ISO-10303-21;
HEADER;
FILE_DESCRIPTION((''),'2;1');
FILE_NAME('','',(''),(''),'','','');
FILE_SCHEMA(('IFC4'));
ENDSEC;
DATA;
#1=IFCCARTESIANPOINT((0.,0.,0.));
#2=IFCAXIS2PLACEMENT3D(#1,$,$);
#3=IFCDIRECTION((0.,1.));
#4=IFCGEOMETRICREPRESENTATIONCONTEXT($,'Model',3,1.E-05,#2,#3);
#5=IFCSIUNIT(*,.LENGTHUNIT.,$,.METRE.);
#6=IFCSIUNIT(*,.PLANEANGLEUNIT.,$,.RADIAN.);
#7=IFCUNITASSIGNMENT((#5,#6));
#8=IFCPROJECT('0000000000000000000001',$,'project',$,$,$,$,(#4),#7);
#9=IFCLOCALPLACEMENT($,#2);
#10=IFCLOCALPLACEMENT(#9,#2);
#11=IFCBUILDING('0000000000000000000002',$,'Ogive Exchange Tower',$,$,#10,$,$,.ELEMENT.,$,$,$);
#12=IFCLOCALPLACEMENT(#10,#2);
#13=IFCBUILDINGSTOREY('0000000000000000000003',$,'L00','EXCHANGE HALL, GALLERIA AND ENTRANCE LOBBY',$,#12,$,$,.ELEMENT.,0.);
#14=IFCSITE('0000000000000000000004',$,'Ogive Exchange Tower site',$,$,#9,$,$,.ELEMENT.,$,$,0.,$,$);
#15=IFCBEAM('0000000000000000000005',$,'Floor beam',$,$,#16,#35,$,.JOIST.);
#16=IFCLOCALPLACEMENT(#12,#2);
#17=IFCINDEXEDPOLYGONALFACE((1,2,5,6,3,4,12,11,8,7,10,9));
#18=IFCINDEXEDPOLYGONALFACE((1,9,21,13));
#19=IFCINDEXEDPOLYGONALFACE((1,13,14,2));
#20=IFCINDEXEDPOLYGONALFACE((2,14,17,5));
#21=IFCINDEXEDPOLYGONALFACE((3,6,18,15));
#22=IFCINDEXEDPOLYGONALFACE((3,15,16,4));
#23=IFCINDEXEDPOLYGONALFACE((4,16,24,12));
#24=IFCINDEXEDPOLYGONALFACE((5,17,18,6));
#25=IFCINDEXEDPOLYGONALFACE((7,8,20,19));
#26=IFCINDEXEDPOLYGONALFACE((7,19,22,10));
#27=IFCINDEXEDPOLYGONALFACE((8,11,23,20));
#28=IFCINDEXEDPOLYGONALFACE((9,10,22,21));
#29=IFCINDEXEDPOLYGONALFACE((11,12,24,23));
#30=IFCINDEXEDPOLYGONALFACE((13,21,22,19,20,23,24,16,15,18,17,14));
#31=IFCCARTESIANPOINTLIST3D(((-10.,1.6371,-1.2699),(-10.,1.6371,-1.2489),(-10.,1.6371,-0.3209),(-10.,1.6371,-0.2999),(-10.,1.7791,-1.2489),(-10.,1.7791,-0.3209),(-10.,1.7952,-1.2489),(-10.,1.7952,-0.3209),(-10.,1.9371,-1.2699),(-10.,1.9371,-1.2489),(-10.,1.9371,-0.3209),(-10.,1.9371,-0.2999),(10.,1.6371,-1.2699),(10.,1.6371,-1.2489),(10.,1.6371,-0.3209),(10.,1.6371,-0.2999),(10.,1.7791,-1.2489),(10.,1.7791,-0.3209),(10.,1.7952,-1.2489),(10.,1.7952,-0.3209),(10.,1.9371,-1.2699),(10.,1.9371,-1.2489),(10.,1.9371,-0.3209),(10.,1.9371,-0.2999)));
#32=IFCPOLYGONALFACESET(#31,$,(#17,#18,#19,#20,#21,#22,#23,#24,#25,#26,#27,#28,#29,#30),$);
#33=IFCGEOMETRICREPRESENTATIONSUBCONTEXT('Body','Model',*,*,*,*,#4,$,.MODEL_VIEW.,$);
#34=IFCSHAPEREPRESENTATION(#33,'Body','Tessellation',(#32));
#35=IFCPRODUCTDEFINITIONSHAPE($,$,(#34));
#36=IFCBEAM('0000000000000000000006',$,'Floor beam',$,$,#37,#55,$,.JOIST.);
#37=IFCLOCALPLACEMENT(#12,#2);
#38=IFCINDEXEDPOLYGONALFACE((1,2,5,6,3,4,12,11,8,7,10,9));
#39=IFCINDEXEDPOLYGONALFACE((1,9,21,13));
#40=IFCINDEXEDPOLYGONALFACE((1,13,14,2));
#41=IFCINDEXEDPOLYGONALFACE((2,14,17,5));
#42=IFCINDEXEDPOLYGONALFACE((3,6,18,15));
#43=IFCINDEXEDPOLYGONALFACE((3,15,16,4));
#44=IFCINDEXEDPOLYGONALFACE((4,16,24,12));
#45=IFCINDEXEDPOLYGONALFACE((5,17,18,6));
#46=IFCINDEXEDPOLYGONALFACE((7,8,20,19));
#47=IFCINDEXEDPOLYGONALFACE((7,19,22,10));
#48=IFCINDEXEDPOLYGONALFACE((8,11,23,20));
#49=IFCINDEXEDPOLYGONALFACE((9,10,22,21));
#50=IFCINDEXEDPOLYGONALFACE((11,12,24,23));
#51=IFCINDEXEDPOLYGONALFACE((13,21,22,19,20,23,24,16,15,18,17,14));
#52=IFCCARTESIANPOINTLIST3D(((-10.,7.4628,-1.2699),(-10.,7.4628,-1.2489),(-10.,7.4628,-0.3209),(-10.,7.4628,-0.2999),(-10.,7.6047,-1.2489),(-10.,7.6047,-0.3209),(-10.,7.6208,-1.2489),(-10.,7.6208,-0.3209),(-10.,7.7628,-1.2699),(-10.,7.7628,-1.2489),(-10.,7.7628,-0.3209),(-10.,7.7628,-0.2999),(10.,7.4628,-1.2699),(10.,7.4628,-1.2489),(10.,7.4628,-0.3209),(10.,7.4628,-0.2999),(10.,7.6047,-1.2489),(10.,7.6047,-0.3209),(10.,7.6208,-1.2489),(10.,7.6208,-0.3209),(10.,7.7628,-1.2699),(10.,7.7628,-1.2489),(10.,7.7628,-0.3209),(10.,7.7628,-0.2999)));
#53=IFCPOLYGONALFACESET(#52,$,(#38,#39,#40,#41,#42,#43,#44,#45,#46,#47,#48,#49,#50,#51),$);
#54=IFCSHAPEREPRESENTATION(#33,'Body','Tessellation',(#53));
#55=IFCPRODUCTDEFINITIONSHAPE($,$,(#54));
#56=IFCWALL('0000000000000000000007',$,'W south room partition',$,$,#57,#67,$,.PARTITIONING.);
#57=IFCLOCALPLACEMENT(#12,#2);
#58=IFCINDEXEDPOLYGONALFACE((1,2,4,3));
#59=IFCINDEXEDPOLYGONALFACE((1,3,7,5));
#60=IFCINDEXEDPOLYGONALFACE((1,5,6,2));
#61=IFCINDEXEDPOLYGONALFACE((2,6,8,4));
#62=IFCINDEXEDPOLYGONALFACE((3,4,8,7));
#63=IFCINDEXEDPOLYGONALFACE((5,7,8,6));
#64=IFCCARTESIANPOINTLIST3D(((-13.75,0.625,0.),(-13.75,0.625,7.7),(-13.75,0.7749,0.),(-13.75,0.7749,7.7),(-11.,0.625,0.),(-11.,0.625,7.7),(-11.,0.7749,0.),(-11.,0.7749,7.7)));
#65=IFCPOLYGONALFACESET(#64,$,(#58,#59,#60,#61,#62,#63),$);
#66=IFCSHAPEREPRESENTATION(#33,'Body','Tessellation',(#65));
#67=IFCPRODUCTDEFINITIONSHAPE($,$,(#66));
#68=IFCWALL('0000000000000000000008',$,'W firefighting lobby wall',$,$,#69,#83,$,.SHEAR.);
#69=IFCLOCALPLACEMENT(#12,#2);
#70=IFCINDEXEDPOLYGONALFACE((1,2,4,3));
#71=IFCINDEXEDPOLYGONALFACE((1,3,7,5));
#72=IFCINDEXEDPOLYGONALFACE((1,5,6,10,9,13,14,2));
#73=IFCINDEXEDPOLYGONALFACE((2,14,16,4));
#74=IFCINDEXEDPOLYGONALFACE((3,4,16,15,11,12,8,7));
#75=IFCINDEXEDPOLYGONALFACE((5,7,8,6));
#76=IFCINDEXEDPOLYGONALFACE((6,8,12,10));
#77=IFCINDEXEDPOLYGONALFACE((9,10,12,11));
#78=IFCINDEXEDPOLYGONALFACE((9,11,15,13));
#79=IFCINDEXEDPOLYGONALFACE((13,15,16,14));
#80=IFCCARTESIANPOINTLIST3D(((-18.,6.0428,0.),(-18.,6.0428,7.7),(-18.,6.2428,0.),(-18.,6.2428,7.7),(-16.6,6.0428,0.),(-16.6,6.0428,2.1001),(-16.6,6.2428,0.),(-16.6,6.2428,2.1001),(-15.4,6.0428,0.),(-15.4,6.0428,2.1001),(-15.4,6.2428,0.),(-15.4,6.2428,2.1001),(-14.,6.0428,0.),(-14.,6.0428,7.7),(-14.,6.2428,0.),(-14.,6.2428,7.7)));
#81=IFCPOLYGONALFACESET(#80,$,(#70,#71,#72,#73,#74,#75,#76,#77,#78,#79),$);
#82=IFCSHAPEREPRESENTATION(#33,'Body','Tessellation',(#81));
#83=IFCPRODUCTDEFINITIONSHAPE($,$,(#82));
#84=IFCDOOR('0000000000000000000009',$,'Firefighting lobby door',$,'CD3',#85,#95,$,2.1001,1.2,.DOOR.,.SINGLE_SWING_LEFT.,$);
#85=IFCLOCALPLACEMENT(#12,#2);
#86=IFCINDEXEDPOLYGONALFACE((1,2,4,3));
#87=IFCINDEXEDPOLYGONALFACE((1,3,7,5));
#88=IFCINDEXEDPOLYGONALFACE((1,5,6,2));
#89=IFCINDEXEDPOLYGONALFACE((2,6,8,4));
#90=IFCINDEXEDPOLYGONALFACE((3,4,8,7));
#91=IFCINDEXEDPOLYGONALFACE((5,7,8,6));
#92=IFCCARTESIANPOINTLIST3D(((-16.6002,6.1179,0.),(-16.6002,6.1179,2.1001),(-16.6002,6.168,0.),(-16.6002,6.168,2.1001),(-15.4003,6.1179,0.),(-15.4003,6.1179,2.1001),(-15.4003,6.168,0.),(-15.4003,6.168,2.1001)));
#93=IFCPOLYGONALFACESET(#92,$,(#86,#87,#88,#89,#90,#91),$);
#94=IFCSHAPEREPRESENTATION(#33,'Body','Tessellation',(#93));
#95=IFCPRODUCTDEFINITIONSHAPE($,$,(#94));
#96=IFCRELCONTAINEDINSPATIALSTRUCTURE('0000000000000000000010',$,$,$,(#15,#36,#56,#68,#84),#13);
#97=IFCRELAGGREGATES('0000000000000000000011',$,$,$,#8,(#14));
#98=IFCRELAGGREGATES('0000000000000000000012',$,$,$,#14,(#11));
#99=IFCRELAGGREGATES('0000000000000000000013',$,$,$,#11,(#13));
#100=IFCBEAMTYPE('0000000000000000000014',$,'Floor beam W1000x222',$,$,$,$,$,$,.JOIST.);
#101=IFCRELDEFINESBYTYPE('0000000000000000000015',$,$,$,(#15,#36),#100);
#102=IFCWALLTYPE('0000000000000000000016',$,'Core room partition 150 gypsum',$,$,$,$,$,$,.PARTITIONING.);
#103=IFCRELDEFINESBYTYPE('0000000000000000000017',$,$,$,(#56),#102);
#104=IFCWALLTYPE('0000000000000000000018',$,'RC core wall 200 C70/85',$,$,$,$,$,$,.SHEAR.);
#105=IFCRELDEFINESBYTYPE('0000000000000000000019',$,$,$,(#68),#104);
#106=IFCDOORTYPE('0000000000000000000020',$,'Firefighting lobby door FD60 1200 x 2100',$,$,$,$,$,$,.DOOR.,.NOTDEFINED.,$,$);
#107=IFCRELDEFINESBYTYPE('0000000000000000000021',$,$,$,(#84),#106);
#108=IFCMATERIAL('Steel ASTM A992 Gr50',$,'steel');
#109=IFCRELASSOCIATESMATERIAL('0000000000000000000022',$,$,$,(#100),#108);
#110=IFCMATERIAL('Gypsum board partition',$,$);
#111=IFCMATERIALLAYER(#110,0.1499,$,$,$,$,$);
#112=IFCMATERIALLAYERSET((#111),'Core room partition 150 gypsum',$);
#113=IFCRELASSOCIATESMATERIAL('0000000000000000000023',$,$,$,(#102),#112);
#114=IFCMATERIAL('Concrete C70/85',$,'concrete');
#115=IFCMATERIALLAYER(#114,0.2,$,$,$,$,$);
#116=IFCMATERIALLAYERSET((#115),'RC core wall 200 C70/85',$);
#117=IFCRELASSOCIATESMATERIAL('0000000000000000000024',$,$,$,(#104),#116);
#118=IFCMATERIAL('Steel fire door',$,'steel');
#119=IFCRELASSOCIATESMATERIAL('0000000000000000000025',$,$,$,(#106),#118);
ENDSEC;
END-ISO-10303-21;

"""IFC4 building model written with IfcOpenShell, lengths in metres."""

from ifc_helpers import new_model, si_unit, direction, frame, frame_2d, origin, origin_2d, place, context, subcontext, project, spatial, rectangle, i_section, extrude, material, layer, layer_set, material_profile, profile_set, type_object, element, fill, save


model = new_model("IFC4")

# Units and contexts
model_context = context("Model", 3, precision=1e-05, world=origin(), true_north=direction((0.0, 1.0)))
body_context = subcontext(model_context, "Body", "Model", "MODEL_VIEW")
ifc_project = project(units=[si_unit("LENGTHUNIT", "METRE"), si_unit("PLANEANGLEUNIT", "RADIAN")], contexts=[model_context])

# Site, building, storey
site_placement = place(None, origin())
site = spatial("IfcSite", under=ifc_project, at=site_placement, Name="Ogive Exchange Tower site", CompositionType="ELEMENT", RefElevation=0.0)
building_placement = place(site_placement, origin())
building = spatial("IfcBuilding", under=site, at=building_placement, Name="Ogive Exchange Tower", CompositionType="ELEMENT")
storey_placement = place(building_placement, origin())
storey = spatial("IfcBuildingStorey", under=building, at=storey_placement, Name="L00", Description="EXCHANGE HALL, GALLERIA AND ENTRANCE LOBBY", CompositionType="ELEMENT", Elevation=0.0)

# Beams
ifc_material_1 = material(Name="Steel ASTM A992 Gr50", Category="steel")
ifc_material_profile = material_profile(ifc_material_1, i_section(OverallWidth=0.3, OverallDepth=0.97, WebThickness=0.0161, FlangeThickness=0.021, at=origin_2d()), Name="W1000x222")
ifc_profile_set = profile_set([ifc_material_profile], Name="Steel ASTM A992 Gr50")
beam_type = type_object("IfcBeamType", Name="Floor beam W1000x222", PredefinedType="JOIST", material=ifc_profile_set)
for number, where, z_axis, x_axis, name in (
    (1, (-10.0, 1.7871, -0.7849), (1.0, 0.0, 0.0), (0.0, 1.0, 0.0), "Floor beam"),
    (2, (-10.0, 7.6128, -0.7849), (1.0, 0.0, 0.0), (0.0, 1.0, 0.0), "Floor beam"),
):
    element("IfcBeam", number, at=place(storey_placement, frame(where, z_axis=z_axis, x_axis=x_axis)), inside=storey, type_object=beam_type, Name=name, PredefinedType="JOIST", context=body_context, shape_type="SweptSolid", body=[
        extrude(i_section(OverallWidth=0.3, OverallDepth=0.97, WebThickness=0.0161, FlangeThickness=0.021, at=origin_2d()), origin(), (0.0, 0.0, 1.0), 20.0),
    ])

# Wall
ifc_material_2 = material(Name="Gypsum board partition")
ifc_layer_1 = layer(ifc_material_2, 0.1499)
ifc_layer_set_1 = layer_set([ifc_layer_1], Name="Core room partition 150 gypsum")
wall_type_1 = type_object("IfcWallType", Name="Core room partition 150 gypsum", PredefinedType="PARTITIONING", material=ifc_layer_set_1)
wall_1_placement = place(storey_placement, frame((-13.75, 0.7, 0.0), z_axis=(0.0, 0.0, 1.0), x_axis=(1.0, 0.0, 0.0)))
element("IfcWall", 3, at=wall_1_placement, inside=storey, type_object=wall_type_1, Name="W south room partition", PredefinedType="PARTITIONING", context=body_context, shape_type="SweptSolid", body=[
    extrude(rectangle(XDim=2.75, YDim=0.1499, at=frame_2d((1.375, 0.0))), origin(), (0.0, 0.0, 1.0), 7.7),
])

# Wall, opening, door
ifc_material_3 = material(Name="Concrete C70/85", Category="concrete")
ifc_layer_2 = layer(ifc_material_3, 0.2)
ifc_layer_set_2 = layer_set([ifc_layer_2], Name="RC core wall 200 C70/85")
wall_type_2 = type_object("IfcWallType", Name="RC core wall 200 C70/85", PredefinedType="SHEAR", material=ifc_layer_set_2)
wall_2_placement = place(storey_placement, frame((-18.0, 6.1428, 0.0), z_axis=(0.0, 0.0, 1.0), x_axis=(1.0, 0.0, 0.0)))
wall_2 = element("IfcWall", 4, at=wall_2_placement, inside=storey, type_object=wall_type_2, Name="W firefighting lobby wall", PredefinedType="SHEAR", context=body_context, shape_type="SweptSolid", body=[
    extrude(rectangle(XDim=4.0, YDim=0.2, at=frame_2d((2.0, 0.0))), origin(), (0.0, 0.0, 1.0), 7.7),
])
opening_1_placement = place(wall_2_placement, frame((1.3999, 0.0, 0.0)))
opening_1 = element("IfcOpeningElement", 5, at=opening_1_placement, cuts=wall_2, PredefinedType="OPENING", context=body_context, shape_type="SweptSolid", body=[
    extrude(rectangle(XDim=1.2, YDim=2.1001, at=frame_2d((0.6001, 1.05))), frame((0.0, 0.1099, 0.0), z_axis=(0.0, -1.0, 0.0), x_axis=(1.0, 0.0, 0.0)), (0.0, 0.0, 1.0), 0.22),
])
ifc_material_4 = material(Name="Steel fire door", Category="steel")
door_type_1 = type_object("IfcDoorType", Name="Firefighting lobby door FD60 1200 x 2100", OperationType="NOTDEFINED", PredefinedType="DOOR", material=ifc_material_4)
door_1_placement = place(opening_1_placement, frame((1.2, 0.0, 0.0), z_axis=(0.0, 0.0, 1.0), x_axis=(-1.0, 0.0, 0.0)))
door_1 = element("IfcDoor", 6, at=door_1_placement, inside=storey, type_object=door_type_1, Name="Firefighting lobby door", ObjectType="CD3", OperationType="SINGLE_SWING_LEFT", OverallHeight=2.1001, OverallWidth=1.2, PredefinedType="DOOR", context=body_context, shape_type="SweptSolid", body=[
    extrude(rectangle(XDim=1.2, YDim=2.1001, at=frame_2d((0.6001, 1.05))), frame((0.0, 0.0249, 0.0), z_axis=(0.0, -1.0, 0.0), x_axis=(1.0, 0.0, 0.0)), (0.0, 0.0, 1.0), 0.05),
])
fill(opening_1, door_1)

save(model, "model.ifc")
